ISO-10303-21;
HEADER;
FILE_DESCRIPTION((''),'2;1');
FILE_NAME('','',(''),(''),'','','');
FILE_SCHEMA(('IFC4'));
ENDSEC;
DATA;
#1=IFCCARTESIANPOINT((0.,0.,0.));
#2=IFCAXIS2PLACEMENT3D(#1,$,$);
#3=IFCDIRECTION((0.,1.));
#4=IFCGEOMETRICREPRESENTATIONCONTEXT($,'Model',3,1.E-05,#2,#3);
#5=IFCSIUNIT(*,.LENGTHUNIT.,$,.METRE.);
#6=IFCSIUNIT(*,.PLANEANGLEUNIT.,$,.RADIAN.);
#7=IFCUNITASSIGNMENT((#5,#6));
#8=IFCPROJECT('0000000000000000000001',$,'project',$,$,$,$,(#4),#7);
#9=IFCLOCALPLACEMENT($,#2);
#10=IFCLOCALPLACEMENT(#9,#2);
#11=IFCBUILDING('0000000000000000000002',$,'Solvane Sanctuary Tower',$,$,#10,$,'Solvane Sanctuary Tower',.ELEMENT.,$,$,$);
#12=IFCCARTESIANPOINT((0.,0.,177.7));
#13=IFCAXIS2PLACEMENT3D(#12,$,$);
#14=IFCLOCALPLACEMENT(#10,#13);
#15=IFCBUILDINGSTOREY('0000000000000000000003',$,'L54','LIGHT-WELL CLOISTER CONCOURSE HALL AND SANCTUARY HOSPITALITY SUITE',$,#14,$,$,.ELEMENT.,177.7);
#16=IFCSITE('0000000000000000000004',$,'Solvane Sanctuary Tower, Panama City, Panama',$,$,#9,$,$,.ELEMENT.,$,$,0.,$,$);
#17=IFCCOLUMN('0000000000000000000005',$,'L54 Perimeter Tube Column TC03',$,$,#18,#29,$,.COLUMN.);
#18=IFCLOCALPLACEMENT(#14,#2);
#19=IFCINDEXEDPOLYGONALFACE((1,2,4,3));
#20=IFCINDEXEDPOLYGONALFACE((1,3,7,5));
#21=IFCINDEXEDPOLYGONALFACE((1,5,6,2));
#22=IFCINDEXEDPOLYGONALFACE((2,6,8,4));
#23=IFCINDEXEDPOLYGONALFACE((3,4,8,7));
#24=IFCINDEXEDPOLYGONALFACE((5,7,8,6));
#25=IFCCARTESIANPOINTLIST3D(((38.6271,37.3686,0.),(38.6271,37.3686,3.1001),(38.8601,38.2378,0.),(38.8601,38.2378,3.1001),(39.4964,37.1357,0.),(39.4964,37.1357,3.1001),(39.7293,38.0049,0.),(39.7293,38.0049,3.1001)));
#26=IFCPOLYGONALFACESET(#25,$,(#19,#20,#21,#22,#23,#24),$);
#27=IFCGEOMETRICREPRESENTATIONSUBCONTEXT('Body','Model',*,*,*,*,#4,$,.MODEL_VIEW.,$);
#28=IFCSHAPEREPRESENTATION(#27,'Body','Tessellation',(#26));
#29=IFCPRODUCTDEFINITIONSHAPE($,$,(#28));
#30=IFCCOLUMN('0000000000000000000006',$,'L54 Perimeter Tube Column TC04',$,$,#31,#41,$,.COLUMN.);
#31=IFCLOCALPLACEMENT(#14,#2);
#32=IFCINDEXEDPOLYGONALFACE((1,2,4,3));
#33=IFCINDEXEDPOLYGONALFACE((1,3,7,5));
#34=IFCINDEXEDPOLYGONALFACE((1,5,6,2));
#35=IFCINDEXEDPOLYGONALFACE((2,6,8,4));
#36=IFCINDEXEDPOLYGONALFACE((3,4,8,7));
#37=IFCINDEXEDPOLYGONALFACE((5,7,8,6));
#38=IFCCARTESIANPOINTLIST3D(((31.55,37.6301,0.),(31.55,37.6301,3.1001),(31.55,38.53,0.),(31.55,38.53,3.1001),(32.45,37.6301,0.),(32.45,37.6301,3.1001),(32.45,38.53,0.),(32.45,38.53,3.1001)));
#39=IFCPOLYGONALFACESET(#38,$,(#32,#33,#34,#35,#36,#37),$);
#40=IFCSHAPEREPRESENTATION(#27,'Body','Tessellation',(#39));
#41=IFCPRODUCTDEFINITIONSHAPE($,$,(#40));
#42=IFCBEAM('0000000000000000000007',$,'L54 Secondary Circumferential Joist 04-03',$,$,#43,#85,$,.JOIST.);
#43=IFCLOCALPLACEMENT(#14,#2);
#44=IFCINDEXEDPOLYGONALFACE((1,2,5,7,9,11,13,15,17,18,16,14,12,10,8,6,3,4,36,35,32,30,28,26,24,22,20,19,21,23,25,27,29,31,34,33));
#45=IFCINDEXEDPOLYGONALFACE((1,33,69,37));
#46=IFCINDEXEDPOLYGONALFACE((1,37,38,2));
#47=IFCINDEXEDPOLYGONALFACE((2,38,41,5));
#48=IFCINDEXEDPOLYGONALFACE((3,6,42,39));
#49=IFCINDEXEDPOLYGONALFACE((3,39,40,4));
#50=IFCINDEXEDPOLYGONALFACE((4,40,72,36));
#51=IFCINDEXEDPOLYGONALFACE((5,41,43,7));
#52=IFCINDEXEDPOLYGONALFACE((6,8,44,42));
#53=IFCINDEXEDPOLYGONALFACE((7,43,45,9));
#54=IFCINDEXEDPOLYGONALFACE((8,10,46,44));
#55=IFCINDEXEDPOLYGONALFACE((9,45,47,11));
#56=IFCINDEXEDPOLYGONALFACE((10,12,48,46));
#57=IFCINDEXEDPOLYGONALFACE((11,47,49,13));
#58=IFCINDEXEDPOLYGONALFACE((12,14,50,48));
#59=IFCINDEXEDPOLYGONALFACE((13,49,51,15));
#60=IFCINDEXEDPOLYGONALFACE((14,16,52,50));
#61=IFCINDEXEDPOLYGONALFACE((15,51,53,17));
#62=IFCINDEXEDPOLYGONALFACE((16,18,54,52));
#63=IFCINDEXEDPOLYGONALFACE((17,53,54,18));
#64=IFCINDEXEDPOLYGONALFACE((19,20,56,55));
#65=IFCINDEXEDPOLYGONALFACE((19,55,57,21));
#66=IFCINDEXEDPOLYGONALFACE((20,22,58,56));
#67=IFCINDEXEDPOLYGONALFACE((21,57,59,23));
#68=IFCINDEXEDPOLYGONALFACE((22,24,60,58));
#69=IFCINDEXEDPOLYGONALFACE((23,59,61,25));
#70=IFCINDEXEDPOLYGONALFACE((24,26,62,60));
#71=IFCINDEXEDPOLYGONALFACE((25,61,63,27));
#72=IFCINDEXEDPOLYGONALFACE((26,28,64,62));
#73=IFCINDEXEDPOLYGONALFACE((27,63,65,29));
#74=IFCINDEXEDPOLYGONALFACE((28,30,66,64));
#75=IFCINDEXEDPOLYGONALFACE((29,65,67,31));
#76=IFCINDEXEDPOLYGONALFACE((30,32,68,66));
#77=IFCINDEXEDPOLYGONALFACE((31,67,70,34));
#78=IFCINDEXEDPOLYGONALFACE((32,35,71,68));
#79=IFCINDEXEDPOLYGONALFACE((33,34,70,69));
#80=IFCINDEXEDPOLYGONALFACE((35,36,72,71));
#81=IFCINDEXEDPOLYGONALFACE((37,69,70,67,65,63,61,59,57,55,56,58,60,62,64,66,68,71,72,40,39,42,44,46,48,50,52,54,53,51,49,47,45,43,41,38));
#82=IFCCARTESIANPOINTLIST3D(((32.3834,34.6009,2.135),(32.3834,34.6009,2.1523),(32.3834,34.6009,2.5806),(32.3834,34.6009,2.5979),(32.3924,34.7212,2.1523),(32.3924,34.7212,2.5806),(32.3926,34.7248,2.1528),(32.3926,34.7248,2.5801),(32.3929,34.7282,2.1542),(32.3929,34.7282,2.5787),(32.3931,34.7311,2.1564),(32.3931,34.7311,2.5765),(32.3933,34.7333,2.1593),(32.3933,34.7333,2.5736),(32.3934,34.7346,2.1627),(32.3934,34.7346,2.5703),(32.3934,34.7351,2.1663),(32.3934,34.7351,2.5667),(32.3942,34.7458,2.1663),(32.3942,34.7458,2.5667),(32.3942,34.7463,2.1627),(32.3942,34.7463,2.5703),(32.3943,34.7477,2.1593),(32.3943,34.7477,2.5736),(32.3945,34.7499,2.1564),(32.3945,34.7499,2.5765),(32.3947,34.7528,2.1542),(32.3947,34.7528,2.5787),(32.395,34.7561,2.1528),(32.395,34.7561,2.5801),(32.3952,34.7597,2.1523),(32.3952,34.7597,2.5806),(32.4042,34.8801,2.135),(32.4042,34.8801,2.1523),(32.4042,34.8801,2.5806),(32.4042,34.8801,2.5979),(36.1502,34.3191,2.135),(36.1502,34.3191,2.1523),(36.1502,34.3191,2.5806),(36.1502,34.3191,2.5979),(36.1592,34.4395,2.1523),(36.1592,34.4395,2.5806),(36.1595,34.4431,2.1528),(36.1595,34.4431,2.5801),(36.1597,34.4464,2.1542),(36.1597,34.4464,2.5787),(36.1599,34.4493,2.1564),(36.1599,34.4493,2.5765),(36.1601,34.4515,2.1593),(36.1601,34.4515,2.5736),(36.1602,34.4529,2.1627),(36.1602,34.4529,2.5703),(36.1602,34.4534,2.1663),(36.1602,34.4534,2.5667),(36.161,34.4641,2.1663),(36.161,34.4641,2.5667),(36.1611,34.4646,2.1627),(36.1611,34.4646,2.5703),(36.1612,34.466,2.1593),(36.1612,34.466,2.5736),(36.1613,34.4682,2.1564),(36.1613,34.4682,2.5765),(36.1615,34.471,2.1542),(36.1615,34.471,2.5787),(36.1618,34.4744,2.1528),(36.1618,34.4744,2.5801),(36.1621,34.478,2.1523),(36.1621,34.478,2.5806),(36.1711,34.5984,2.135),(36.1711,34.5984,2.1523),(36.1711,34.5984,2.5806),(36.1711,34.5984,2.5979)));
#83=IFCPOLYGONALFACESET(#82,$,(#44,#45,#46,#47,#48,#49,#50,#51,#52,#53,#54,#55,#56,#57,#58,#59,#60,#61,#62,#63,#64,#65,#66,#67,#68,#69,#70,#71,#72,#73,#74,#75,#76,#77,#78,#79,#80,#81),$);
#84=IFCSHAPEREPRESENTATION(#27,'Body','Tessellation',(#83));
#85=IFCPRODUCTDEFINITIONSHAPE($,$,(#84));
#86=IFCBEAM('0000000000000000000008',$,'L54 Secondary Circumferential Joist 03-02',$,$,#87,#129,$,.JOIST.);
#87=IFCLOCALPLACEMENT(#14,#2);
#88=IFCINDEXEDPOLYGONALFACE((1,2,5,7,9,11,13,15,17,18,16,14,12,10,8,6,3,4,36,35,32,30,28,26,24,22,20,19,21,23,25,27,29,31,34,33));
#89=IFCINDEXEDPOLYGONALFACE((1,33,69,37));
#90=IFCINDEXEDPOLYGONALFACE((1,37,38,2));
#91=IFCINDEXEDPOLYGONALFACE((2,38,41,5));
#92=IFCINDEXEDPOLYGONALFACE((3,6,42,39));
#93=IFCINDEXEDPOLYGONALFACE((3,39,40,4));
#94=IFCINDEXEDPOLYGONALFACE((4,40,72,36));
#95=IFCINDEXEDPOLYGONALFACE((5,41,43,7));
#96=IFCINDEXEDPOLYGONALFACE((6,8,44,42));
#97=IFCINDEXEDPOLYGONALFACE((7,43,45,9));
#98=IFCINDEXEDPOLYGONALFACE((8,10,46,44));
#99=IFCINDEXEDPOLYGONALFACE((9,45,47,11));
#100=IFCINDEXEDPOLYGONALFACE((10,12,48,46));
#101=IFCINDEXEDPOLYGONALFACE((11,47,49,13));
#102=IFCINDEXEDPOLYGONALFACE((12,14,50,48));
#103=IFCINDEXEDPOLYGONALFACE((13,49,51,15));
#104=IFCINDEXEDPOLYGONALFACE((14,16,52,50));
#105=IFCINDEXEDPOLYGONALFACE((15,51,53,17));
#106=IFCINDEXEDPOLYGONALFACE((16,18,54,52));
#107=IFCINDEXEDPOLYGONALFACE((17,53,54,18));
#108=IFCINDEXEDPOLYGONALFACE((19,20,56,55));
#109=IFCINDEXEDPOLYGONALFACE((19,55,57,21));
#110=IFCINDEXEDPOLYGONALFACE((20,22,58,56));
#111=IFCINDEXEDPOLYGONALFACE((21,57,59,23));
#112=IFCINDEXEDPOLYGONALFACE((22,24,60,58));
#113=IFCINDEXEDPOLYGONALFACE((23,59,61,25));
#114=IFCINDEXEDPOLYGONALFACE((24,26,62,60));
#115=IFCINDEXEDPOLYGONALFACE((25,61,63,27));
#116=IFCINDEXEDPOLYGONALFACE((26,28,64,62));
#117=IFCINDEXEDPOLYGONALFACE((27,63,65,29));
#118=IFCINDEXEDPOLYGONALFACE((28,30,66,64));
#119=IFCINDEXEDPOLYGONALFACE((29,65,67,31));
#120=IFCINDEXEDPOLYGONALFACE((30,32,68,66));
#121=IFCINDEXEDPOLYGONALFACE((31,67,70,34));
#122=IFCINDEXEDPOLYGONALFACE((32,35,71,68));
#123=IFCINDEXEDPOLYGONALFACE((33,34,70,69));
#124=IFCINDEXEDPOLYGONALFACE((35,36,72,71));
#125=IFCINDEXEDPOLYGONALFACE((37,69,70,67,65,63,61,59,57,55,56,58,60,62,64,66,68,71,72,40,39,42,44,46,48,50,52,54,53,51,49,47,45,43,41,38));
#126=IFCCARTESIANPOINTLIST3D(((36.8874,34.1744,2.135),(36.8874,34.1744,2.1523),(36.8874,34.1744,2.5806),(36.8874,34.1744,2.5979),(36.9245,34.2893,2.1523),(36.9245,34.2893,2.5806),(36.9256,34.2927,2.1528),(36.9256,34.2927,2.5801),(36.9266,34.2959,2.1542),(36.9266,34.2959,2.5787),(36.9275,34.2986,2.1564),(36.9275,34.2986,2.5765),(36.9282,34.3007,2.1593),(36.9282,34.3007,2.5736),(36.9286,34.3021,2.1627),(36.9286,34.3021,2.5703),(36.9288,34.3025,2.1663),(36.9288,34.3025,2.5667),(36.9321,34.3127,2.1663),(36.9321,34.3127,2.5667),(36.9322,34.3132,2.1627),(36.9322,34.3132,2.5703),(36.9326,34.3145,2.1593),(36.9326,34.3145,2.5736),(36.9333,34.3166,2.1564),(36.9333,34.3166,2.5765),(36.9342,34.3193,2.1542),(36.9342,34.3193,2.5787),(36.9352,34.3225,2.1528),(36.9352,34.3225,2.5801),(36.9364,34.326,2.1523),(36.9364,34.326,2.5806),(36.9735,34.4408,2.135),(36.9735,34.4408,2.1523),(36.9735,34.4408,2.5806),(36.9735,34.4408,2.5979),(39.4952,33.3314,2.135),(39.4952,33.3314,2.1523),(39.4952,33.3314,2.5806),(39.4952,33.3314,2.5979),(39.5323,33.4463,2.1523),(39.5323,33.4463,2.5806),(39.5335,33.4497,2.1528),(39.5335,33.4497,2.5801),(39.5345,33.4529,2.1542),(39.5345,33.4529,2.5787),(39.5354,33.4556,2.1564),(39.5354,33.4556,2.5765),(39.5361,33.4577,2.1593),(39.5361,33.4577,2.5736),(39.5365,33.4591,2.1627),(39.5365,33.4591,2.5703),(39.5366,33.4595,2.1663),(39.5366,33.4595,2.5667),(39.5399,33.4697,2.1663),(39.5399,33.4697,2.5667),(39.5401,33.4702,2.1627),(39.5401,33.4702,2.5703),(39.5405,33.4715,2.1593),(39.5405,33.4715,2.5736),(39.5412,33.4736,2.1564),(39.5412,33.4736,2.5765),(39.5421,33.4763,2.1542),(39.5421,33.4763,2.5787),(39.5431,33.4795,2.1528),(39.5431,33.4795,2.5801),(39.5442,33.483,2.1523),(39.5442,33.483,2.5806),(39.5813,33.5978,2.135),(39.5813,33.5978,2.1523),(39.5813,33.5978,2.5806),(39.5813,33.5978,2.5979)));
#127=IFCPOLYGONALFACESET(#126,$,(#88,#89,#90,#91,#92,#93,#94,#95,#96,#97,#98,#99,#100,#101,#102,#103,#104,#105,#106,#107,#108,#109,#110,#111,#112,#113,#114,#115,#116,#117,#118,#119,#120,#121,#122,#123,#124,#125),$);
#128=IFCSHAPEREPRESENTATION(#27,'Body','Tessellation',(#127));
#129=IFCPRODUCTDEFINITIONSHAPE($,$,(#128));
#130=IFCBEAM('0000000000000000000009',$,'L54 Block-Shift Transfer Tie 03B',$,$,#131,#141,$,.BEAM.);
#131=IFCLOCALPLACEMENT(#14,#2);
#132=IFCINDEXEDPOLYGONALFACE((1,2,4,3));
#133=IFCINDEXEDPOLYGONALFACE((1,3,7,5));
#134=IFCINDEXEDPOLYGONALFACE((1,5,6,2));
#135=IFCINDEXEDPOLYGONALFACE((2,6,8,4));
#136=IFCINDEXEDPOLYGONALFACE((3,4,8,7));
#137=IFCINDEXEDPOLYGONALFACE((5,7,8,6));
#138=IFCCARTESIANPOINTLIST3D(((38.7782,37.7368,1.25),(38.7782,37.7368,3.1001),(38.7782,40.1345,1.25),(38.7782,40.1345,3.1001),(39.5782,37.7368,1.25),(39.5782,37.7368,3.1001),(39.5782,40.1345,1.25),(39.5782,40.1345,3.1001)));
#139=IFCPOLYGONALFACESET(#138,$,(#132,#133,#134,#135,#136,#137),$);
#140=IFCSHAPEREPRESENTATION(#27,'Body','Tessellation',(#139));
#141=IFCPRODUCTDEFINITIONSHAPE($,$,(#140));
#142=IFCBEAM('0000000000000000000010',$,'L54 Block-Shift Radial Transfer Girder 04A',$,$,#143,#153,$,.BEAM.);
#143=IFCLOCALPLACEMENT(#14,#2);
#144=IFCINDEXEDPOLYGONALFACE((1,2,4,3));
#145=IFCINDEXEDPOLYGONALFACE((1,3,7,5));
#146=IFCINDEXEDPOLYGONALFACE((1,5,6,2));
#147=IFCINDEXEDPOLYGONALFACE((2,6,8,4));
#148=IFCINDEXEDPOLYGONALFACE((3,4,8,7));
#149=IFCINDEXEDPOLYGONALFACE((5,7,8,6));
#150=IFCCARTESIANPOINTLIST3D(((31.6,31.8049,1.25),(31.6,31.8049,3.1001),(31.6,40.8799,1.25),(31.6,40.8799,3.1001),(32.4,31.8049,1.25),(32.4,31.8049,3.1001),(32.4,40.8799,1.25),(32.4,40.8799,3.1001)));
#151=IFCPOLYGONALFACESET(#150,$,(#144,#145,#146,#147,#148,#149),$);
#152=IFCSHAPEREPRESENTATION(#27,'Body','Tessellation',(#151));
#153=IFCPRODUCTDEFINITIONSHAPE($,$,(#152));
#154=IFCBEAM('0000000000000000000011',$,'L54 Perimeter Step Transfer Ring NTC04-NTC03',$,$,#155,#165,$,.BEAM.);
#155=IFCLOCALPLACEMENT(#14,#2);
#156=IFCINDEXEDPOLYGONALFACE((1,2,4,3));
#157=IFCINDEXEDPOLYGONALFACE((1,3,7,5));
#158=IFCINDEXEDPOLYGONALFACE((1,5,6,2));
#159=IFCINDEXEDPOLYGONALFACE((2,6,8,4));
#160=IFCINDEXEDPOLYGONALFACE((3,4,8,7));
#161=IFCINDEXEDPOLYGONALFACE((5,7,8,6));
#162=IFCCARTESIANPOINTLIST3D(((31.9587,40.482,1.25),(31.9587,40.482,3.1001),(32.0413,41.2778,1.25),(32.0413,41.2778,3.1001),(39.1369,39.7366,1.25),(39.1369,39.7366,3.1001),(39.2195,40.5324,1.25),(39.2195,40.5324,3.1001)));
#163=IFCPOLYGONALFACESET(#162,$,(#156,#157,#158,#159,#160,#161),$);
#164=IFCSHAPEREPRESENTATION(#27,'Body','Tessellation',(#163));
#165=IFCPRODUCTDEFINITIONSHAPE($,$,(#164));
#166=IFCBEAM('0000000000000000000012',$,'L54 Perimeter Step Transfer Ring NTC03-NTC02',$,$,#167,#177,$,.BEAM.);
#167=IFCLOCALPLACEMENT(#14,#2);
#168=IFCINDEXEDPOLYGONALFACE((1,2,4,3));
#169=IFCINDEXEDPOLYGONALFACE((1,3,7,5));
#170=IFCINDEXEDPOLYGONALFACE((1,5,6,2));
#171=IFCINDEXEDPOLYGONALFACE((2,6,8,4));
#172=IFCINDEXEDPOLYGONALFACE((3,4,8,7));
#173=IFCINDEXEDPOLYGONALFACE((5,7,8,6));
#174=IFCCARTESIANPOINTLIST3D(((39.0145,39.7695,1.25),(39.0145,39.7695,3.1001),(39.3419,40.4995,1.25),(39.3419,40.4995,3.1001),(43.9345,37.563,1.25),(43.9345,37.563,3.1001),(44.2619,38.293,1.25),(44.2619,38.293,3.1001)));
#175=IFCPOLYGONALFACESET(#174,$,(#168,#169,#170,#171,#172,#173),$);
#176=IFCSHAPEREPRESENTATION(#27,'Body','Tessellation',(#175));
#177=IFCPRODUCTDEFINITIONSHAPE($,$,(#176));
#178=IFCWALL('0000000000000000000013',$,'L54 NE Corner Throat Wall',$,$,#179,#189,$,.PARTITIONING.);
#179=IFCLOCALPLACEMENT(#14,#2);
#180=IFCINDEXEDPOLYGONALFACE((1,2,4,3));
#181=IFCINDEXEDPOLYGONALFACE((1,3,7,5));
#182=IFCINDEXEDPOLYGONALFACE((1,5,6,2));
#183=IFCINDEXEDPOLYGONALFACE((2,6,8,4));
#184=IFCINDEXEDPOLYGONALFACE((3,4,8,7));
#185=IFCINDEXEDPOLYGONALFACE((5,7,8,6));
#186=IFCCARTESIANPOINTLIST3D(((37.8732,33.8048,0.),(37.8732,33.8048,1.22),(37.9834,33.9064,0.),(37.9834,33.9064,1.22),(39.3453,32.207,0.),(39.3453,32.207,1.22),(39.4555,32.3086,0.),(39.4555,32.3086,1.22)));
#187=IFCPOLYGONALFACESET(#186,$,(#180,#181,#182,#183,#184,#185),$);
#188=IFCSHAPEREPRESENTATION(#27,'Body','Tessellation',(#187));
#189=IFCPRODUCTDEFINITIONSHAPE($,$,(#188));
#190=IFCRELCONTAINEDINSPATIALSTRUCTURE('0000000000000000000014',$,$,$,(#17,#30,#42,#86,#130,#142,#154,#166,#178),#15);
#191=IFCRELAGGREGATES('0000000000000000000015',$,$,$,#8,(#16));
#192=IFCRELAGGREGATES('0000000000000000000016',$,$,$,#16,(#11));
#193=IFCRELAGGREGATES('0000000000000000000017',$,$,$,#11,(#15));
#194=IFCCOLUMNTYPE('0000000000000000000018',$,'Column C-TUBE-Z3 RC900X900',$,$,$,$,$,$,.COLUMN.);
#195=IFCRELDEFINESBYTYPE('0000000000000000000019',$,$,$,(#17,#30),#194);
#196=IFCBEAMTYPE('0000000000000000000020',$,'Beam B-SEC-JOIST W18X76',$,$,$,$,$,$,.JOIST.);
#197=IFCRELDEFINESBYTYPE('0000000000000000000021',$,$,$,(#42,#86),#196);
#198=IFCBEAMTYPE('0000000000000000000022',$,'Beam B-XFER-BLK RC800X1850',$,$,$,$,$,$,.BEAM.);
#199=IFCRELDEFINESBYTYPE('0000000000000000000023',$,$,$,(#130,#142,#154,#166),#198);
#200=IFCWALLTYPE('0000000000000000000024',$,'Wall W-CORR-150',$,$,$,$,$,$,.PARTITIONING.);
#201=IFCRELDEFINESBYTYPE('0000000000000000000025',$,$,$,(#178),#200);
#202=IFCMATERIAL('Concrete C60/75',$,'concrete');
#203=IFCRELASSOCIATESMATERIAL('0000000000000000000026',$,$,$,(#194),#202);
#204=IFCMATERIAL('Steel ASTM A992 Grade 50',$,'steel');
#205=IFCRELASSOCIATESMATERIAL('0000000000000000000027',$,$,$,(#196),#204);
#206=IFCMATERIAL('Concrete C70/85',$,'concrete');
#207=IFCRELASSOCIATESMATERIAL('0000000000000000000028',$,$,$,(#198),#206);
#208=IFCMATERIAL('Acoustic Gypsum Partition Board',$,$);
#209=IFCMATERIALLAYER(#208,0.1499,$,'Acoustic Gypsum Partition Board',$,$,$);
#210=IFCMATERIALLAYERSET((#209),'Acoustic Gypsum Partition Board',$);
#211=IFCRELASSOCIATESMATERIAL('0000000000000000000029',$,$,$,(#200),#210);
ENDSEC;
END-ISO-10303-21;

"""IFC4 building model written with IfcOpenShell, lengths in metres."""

from ifc_helpers import new_model, si_unit, direction, frame, frame_2d, origin, origin_2d, place, context, subcontext, project, spatial, rectangle, i_section, extrude, material, layer, layer_set, material_profile, profile_set, type_object, element, save


model = new_model("IFC4")

# Units and contexts
model_context = context("Model", 3, precision=1e-05, world=origin(), true_north=direction((0.0, 1.0)))
body_context = subcontext(model_context, "Body", "Model", "MODEL_VIEW")
ifc_project = project(units=[si_unit("LENGTHUNIT", "METRE"), si_unit("PLANEANGLEUNIT", "RADIAN")], contexts=[model_context])

# Site, building, storey
site_placement = place(None, origin())
site = spatial("IfcSite", under=ifc_project, at=site_placement, Name="Solvane Sanctuary Tower, Panama City, Panama", CompositionType="ELEMENT", RefElevation=0.0)
building_placement = place(site_placement, origin())
building = spatial("IfcBuilding", under=site, at=building_placement, Name="Solvane Sanctuary Tower", LongName="Solvane Sanctuary Tower", CompositionType="ELEMENT")
storey_placement = place(building_placement, frame((0.0, 0.0, 177.7)))
storey = spatial("IfcBuildingStorey", under=building, at=storey_placement, Name="L54", Description="LIGHT-WELL CLOISTER CONCOURSE HALL AND SANCTUARY HOSPITALITY SUITE", CompositionType="ELEMENT", Elevation=177.7)

# Columns
ifc_material_1 = material(Name="Concrete C60/75", Category="concrete")
ifc_material_profile_1 = material_profile(ifc_material_1, rectangle(XDim=0.8999, YDim=0.8999, at=origin_2d()), Name="RC900X900")
ifc_profile_set_1 = profile_set([ifc_material_profile_1], Name="Concrete C60/75")
column_type = type_object("IfcColumnType", Name="Column C-TUBE-Z3 RC900X900", PredefinedType="COLUMN", material=ifc_profile_set_1)
for number, where, z_axis, x_axis, name in (
    (1, (39.1782, 37.6868, 0.0), (0.0, 0.0, 1.0), (0.258819, 0.965926, 0.0), "L54 Perimeter Tube Column TC03"),
    (2, (32.0, 38.0801, 0.0), (0.0, 0.0, 1.0), (0.0, 1.0, 0.0), "L54 Perimeter Tube Column TC04"),
):
    element("IfcColumn", number, at=place(storey_placement, frame(where, z_axis=z_axis, x_axis=x_axis)), inside=storey, type_object=column_type, Name=name, PredefinedType="COLUMN", context=body_context, shape_type="SweptSolid", body=[
        extrude(rectangle(XDim=0.8999, YDim=0.8999, at=origin_2d()), origin(), (0.0, 0.0, 1.0), 3.1001),
    ])

# Beams
ifc_material_2 = material(Name="Steel ASTM A992 Grade 50", Category="steel")
ifc_material_profile_2 = material_profile(ifc_material_2, i_section(OverallWidth=0.28, OverallDepth=0.4629, WebThickness=0.0107, FlangeThickness=0.0173, FilletRadius=0.0139, at=origin_2d()), Name="W18X76")
ifc_profile_set_2 = profile_set([ifc_material_profile_2], Name="Steel ASTM A992 Grade 50")
beam_type_1 = type_object("IfcBeamType", Name="Beam B-SEC-JOIST W18X76", PredefinedType="JOIST", material=ifc_profile_set_2)
beam_1_placement = place(storey_placement, frame((32.3938, 34.7405, 2.3665), z_axis=(0.997215, -0.074586, 0.0), x_axis=(0.074586, 0.997215, 0.0)))
element("IfcBeam", 3, at=beam_1_placement, inside=storey, type_object=beam_type_1, Name="L54 Secondary Circumferential Joist 04-03", PredefinedType="JOIST", context=body_context, shape_type="SweptSolid", body=[
    extrude(i_section(OverallWidth=0.28, OverallDepth=0.4629, WebThickness=0.0107, FlangeThickness=0.0173, FilletRadius=0.0139, at=origin_2d()), origin(), (0.0, 0.0, 1.0), 3.7773),
])
beam_2_placement = place(storey_placement, frame((36.9304, 34.3076, 2.3665), z_axis=(0.951521, -0.307583, 0.0), x_axis=(0.307583, 0.951521, 0.0)))
element("IfcBeam", 4, at=beam_2_placement, inside=storey, type_object=beam_type_1, Name="L54 Secondary Circumferential Joist 03-02", PredefinedType="JOIST", context=body_context, shape_type="SweptSolid", body=[
    extrude(i_section(OverallWidth=0.28, OverallDepth=0.4629, WebThickness=0.0107, FlangeThickness=0.0173, FilletRadius=0.0139, at=origin_2d()), origin(), (0.0, 0.0, 1.0), 2.7407),
])
ifc_material_3 = material(Name="Concrete C70/85", Category="concrete")
ifc_material_profile_3 = material_profile(ifc_material_3, rectangle(XDim=0.8, YDim=1.8501, at=origin_2d()), Name="RC800X1850")
ifc_profile_set_3 = profile_set([ifc_material_profile_3], Name="Concrete C70/85")
beam_type_2 = type_object("IfcBeamType", Name="Beam B-XFER-BLK RC800X1850", PredefinedType="BEAM", material=ifc_profile_set_3)
beam_3_placement = place(storey_placement, frame((39.1782, 37.7368, 2.175), z_axis=(0.0, 1.0, 0.0), x_axis=(-1.0, 0.0, 0.0)))
element("IfcBeam", 5, at=beam_3_placement, inside=storey, type_object=beam_type_2, Name="L54 Block-Shift Transfer Tie 03B", PredefinedType="BEAM", context=body_context, shape_type="SweptSolid", body=[
    extrude(rectangle(XDim=0.8, YDim=1.8501, at=origin_2d()), origin(), (0.0, 0.0, 1.0), 2.3977),
])
beam_4_placement = place(storey_placement, frame((32.0, 31.8049, 2.175), z_axis=(0.0, 1.0, 0.0), x_axis=(-1.0, 0.0, 0.0)))
element("IfcBeam", 6, at=beam_4_placement, inside=storey, type_object=beam_type_2, Name="L54 Block-Shift Radial Transfer Girder 04A", PredefinedType="BEAM", context=body_context, shape_type="SweptSolid", body=[
    extrude(rectangle(XDim=0.8, YDim=1.8501, at=origin_2d()), origin(), (0.0, 0.0, 1.0), 9.075),
])
beam_5_placement = place(storey_placement, frame((32.0, 40.8799, 2.175), z_axis=(0.994652, -0.103281, 0.0), x_axis=(0.103281, 0.994652, 0.0)))
element("IfcBeam", 7, at=beam_5_placement, inside=storey, type_object=beam_type_2, Name="L54 Perimeter Step Transfer Ring NTC04-NTC03", PredefinedType="BEAM", context=body_context, shape_type="SweptSolid", body=[
    extrude(rectangle(XDim=0.8, YDim=1.8501, at=origin_2d()), origin(), (0.0, 0.0, 1.0), 7.2168),
])
beam_6_placement = place(storey_placement, frame((39.1782, 40.1345, 2.175), z_axis=(0.912436, -0.40922, 0.0), x_axis=(0.40922, 0.912436, 0.0)))
element("IfcBeam", 8, at=beam_6_placement, inside=storey, type_object=beam_type_2, Name="L54 Perimeter Step Transfer Ring NTC03-NTC02", PredefinedType="BEAM", context=body_context, shape_type="SweptSolid", body=[
    extrude(rectangle(XDim=0.8, YDim=1.8501, at=origin_2d()), origin(), (0.0, 0.0, 1.0), 5.3921),
])

# Wall
ifc_material_4 = material(Name="Acoustic Gypsum Partition Board")
ifc_layer_1 = layer(ifc_material_4, 0.1499, Name="Acoustic Gypsum Partition Board")
ifc_layer_set_1 = layer_set([ifc_layer_1], Name="Acoustic Gypsum Partition Board")
wall_type_1 = type_object("IfcWallType", Name="Wall W-CORR-150", PredefinedType="PARTITIONING", material=ifc_layer_set_1)
wall_1_placement = place(storey_placement, frame((37.9282, 33.8557, 0.0), z_axis=(0.0, 0.0, 1.0), x_axis=(0.67758, -0.735449, 0.0)))
element("IfcWall", 9, at=wall_1_placement, inside=storey, type_object=wall_type_1, Name="L54 NE Corner Throat Wall", PredefinedType="PARTITIONING", context=body_context, shape_type="SweptSolid", body=[
    extrude(rectangle(XDim=2.1726, YDim=0.1499, at=frame_2d((1.0864, 0.0))), origin(), (0.0, 0.0, 1.0), 1.22),
])

save(model, "model.ifc")
